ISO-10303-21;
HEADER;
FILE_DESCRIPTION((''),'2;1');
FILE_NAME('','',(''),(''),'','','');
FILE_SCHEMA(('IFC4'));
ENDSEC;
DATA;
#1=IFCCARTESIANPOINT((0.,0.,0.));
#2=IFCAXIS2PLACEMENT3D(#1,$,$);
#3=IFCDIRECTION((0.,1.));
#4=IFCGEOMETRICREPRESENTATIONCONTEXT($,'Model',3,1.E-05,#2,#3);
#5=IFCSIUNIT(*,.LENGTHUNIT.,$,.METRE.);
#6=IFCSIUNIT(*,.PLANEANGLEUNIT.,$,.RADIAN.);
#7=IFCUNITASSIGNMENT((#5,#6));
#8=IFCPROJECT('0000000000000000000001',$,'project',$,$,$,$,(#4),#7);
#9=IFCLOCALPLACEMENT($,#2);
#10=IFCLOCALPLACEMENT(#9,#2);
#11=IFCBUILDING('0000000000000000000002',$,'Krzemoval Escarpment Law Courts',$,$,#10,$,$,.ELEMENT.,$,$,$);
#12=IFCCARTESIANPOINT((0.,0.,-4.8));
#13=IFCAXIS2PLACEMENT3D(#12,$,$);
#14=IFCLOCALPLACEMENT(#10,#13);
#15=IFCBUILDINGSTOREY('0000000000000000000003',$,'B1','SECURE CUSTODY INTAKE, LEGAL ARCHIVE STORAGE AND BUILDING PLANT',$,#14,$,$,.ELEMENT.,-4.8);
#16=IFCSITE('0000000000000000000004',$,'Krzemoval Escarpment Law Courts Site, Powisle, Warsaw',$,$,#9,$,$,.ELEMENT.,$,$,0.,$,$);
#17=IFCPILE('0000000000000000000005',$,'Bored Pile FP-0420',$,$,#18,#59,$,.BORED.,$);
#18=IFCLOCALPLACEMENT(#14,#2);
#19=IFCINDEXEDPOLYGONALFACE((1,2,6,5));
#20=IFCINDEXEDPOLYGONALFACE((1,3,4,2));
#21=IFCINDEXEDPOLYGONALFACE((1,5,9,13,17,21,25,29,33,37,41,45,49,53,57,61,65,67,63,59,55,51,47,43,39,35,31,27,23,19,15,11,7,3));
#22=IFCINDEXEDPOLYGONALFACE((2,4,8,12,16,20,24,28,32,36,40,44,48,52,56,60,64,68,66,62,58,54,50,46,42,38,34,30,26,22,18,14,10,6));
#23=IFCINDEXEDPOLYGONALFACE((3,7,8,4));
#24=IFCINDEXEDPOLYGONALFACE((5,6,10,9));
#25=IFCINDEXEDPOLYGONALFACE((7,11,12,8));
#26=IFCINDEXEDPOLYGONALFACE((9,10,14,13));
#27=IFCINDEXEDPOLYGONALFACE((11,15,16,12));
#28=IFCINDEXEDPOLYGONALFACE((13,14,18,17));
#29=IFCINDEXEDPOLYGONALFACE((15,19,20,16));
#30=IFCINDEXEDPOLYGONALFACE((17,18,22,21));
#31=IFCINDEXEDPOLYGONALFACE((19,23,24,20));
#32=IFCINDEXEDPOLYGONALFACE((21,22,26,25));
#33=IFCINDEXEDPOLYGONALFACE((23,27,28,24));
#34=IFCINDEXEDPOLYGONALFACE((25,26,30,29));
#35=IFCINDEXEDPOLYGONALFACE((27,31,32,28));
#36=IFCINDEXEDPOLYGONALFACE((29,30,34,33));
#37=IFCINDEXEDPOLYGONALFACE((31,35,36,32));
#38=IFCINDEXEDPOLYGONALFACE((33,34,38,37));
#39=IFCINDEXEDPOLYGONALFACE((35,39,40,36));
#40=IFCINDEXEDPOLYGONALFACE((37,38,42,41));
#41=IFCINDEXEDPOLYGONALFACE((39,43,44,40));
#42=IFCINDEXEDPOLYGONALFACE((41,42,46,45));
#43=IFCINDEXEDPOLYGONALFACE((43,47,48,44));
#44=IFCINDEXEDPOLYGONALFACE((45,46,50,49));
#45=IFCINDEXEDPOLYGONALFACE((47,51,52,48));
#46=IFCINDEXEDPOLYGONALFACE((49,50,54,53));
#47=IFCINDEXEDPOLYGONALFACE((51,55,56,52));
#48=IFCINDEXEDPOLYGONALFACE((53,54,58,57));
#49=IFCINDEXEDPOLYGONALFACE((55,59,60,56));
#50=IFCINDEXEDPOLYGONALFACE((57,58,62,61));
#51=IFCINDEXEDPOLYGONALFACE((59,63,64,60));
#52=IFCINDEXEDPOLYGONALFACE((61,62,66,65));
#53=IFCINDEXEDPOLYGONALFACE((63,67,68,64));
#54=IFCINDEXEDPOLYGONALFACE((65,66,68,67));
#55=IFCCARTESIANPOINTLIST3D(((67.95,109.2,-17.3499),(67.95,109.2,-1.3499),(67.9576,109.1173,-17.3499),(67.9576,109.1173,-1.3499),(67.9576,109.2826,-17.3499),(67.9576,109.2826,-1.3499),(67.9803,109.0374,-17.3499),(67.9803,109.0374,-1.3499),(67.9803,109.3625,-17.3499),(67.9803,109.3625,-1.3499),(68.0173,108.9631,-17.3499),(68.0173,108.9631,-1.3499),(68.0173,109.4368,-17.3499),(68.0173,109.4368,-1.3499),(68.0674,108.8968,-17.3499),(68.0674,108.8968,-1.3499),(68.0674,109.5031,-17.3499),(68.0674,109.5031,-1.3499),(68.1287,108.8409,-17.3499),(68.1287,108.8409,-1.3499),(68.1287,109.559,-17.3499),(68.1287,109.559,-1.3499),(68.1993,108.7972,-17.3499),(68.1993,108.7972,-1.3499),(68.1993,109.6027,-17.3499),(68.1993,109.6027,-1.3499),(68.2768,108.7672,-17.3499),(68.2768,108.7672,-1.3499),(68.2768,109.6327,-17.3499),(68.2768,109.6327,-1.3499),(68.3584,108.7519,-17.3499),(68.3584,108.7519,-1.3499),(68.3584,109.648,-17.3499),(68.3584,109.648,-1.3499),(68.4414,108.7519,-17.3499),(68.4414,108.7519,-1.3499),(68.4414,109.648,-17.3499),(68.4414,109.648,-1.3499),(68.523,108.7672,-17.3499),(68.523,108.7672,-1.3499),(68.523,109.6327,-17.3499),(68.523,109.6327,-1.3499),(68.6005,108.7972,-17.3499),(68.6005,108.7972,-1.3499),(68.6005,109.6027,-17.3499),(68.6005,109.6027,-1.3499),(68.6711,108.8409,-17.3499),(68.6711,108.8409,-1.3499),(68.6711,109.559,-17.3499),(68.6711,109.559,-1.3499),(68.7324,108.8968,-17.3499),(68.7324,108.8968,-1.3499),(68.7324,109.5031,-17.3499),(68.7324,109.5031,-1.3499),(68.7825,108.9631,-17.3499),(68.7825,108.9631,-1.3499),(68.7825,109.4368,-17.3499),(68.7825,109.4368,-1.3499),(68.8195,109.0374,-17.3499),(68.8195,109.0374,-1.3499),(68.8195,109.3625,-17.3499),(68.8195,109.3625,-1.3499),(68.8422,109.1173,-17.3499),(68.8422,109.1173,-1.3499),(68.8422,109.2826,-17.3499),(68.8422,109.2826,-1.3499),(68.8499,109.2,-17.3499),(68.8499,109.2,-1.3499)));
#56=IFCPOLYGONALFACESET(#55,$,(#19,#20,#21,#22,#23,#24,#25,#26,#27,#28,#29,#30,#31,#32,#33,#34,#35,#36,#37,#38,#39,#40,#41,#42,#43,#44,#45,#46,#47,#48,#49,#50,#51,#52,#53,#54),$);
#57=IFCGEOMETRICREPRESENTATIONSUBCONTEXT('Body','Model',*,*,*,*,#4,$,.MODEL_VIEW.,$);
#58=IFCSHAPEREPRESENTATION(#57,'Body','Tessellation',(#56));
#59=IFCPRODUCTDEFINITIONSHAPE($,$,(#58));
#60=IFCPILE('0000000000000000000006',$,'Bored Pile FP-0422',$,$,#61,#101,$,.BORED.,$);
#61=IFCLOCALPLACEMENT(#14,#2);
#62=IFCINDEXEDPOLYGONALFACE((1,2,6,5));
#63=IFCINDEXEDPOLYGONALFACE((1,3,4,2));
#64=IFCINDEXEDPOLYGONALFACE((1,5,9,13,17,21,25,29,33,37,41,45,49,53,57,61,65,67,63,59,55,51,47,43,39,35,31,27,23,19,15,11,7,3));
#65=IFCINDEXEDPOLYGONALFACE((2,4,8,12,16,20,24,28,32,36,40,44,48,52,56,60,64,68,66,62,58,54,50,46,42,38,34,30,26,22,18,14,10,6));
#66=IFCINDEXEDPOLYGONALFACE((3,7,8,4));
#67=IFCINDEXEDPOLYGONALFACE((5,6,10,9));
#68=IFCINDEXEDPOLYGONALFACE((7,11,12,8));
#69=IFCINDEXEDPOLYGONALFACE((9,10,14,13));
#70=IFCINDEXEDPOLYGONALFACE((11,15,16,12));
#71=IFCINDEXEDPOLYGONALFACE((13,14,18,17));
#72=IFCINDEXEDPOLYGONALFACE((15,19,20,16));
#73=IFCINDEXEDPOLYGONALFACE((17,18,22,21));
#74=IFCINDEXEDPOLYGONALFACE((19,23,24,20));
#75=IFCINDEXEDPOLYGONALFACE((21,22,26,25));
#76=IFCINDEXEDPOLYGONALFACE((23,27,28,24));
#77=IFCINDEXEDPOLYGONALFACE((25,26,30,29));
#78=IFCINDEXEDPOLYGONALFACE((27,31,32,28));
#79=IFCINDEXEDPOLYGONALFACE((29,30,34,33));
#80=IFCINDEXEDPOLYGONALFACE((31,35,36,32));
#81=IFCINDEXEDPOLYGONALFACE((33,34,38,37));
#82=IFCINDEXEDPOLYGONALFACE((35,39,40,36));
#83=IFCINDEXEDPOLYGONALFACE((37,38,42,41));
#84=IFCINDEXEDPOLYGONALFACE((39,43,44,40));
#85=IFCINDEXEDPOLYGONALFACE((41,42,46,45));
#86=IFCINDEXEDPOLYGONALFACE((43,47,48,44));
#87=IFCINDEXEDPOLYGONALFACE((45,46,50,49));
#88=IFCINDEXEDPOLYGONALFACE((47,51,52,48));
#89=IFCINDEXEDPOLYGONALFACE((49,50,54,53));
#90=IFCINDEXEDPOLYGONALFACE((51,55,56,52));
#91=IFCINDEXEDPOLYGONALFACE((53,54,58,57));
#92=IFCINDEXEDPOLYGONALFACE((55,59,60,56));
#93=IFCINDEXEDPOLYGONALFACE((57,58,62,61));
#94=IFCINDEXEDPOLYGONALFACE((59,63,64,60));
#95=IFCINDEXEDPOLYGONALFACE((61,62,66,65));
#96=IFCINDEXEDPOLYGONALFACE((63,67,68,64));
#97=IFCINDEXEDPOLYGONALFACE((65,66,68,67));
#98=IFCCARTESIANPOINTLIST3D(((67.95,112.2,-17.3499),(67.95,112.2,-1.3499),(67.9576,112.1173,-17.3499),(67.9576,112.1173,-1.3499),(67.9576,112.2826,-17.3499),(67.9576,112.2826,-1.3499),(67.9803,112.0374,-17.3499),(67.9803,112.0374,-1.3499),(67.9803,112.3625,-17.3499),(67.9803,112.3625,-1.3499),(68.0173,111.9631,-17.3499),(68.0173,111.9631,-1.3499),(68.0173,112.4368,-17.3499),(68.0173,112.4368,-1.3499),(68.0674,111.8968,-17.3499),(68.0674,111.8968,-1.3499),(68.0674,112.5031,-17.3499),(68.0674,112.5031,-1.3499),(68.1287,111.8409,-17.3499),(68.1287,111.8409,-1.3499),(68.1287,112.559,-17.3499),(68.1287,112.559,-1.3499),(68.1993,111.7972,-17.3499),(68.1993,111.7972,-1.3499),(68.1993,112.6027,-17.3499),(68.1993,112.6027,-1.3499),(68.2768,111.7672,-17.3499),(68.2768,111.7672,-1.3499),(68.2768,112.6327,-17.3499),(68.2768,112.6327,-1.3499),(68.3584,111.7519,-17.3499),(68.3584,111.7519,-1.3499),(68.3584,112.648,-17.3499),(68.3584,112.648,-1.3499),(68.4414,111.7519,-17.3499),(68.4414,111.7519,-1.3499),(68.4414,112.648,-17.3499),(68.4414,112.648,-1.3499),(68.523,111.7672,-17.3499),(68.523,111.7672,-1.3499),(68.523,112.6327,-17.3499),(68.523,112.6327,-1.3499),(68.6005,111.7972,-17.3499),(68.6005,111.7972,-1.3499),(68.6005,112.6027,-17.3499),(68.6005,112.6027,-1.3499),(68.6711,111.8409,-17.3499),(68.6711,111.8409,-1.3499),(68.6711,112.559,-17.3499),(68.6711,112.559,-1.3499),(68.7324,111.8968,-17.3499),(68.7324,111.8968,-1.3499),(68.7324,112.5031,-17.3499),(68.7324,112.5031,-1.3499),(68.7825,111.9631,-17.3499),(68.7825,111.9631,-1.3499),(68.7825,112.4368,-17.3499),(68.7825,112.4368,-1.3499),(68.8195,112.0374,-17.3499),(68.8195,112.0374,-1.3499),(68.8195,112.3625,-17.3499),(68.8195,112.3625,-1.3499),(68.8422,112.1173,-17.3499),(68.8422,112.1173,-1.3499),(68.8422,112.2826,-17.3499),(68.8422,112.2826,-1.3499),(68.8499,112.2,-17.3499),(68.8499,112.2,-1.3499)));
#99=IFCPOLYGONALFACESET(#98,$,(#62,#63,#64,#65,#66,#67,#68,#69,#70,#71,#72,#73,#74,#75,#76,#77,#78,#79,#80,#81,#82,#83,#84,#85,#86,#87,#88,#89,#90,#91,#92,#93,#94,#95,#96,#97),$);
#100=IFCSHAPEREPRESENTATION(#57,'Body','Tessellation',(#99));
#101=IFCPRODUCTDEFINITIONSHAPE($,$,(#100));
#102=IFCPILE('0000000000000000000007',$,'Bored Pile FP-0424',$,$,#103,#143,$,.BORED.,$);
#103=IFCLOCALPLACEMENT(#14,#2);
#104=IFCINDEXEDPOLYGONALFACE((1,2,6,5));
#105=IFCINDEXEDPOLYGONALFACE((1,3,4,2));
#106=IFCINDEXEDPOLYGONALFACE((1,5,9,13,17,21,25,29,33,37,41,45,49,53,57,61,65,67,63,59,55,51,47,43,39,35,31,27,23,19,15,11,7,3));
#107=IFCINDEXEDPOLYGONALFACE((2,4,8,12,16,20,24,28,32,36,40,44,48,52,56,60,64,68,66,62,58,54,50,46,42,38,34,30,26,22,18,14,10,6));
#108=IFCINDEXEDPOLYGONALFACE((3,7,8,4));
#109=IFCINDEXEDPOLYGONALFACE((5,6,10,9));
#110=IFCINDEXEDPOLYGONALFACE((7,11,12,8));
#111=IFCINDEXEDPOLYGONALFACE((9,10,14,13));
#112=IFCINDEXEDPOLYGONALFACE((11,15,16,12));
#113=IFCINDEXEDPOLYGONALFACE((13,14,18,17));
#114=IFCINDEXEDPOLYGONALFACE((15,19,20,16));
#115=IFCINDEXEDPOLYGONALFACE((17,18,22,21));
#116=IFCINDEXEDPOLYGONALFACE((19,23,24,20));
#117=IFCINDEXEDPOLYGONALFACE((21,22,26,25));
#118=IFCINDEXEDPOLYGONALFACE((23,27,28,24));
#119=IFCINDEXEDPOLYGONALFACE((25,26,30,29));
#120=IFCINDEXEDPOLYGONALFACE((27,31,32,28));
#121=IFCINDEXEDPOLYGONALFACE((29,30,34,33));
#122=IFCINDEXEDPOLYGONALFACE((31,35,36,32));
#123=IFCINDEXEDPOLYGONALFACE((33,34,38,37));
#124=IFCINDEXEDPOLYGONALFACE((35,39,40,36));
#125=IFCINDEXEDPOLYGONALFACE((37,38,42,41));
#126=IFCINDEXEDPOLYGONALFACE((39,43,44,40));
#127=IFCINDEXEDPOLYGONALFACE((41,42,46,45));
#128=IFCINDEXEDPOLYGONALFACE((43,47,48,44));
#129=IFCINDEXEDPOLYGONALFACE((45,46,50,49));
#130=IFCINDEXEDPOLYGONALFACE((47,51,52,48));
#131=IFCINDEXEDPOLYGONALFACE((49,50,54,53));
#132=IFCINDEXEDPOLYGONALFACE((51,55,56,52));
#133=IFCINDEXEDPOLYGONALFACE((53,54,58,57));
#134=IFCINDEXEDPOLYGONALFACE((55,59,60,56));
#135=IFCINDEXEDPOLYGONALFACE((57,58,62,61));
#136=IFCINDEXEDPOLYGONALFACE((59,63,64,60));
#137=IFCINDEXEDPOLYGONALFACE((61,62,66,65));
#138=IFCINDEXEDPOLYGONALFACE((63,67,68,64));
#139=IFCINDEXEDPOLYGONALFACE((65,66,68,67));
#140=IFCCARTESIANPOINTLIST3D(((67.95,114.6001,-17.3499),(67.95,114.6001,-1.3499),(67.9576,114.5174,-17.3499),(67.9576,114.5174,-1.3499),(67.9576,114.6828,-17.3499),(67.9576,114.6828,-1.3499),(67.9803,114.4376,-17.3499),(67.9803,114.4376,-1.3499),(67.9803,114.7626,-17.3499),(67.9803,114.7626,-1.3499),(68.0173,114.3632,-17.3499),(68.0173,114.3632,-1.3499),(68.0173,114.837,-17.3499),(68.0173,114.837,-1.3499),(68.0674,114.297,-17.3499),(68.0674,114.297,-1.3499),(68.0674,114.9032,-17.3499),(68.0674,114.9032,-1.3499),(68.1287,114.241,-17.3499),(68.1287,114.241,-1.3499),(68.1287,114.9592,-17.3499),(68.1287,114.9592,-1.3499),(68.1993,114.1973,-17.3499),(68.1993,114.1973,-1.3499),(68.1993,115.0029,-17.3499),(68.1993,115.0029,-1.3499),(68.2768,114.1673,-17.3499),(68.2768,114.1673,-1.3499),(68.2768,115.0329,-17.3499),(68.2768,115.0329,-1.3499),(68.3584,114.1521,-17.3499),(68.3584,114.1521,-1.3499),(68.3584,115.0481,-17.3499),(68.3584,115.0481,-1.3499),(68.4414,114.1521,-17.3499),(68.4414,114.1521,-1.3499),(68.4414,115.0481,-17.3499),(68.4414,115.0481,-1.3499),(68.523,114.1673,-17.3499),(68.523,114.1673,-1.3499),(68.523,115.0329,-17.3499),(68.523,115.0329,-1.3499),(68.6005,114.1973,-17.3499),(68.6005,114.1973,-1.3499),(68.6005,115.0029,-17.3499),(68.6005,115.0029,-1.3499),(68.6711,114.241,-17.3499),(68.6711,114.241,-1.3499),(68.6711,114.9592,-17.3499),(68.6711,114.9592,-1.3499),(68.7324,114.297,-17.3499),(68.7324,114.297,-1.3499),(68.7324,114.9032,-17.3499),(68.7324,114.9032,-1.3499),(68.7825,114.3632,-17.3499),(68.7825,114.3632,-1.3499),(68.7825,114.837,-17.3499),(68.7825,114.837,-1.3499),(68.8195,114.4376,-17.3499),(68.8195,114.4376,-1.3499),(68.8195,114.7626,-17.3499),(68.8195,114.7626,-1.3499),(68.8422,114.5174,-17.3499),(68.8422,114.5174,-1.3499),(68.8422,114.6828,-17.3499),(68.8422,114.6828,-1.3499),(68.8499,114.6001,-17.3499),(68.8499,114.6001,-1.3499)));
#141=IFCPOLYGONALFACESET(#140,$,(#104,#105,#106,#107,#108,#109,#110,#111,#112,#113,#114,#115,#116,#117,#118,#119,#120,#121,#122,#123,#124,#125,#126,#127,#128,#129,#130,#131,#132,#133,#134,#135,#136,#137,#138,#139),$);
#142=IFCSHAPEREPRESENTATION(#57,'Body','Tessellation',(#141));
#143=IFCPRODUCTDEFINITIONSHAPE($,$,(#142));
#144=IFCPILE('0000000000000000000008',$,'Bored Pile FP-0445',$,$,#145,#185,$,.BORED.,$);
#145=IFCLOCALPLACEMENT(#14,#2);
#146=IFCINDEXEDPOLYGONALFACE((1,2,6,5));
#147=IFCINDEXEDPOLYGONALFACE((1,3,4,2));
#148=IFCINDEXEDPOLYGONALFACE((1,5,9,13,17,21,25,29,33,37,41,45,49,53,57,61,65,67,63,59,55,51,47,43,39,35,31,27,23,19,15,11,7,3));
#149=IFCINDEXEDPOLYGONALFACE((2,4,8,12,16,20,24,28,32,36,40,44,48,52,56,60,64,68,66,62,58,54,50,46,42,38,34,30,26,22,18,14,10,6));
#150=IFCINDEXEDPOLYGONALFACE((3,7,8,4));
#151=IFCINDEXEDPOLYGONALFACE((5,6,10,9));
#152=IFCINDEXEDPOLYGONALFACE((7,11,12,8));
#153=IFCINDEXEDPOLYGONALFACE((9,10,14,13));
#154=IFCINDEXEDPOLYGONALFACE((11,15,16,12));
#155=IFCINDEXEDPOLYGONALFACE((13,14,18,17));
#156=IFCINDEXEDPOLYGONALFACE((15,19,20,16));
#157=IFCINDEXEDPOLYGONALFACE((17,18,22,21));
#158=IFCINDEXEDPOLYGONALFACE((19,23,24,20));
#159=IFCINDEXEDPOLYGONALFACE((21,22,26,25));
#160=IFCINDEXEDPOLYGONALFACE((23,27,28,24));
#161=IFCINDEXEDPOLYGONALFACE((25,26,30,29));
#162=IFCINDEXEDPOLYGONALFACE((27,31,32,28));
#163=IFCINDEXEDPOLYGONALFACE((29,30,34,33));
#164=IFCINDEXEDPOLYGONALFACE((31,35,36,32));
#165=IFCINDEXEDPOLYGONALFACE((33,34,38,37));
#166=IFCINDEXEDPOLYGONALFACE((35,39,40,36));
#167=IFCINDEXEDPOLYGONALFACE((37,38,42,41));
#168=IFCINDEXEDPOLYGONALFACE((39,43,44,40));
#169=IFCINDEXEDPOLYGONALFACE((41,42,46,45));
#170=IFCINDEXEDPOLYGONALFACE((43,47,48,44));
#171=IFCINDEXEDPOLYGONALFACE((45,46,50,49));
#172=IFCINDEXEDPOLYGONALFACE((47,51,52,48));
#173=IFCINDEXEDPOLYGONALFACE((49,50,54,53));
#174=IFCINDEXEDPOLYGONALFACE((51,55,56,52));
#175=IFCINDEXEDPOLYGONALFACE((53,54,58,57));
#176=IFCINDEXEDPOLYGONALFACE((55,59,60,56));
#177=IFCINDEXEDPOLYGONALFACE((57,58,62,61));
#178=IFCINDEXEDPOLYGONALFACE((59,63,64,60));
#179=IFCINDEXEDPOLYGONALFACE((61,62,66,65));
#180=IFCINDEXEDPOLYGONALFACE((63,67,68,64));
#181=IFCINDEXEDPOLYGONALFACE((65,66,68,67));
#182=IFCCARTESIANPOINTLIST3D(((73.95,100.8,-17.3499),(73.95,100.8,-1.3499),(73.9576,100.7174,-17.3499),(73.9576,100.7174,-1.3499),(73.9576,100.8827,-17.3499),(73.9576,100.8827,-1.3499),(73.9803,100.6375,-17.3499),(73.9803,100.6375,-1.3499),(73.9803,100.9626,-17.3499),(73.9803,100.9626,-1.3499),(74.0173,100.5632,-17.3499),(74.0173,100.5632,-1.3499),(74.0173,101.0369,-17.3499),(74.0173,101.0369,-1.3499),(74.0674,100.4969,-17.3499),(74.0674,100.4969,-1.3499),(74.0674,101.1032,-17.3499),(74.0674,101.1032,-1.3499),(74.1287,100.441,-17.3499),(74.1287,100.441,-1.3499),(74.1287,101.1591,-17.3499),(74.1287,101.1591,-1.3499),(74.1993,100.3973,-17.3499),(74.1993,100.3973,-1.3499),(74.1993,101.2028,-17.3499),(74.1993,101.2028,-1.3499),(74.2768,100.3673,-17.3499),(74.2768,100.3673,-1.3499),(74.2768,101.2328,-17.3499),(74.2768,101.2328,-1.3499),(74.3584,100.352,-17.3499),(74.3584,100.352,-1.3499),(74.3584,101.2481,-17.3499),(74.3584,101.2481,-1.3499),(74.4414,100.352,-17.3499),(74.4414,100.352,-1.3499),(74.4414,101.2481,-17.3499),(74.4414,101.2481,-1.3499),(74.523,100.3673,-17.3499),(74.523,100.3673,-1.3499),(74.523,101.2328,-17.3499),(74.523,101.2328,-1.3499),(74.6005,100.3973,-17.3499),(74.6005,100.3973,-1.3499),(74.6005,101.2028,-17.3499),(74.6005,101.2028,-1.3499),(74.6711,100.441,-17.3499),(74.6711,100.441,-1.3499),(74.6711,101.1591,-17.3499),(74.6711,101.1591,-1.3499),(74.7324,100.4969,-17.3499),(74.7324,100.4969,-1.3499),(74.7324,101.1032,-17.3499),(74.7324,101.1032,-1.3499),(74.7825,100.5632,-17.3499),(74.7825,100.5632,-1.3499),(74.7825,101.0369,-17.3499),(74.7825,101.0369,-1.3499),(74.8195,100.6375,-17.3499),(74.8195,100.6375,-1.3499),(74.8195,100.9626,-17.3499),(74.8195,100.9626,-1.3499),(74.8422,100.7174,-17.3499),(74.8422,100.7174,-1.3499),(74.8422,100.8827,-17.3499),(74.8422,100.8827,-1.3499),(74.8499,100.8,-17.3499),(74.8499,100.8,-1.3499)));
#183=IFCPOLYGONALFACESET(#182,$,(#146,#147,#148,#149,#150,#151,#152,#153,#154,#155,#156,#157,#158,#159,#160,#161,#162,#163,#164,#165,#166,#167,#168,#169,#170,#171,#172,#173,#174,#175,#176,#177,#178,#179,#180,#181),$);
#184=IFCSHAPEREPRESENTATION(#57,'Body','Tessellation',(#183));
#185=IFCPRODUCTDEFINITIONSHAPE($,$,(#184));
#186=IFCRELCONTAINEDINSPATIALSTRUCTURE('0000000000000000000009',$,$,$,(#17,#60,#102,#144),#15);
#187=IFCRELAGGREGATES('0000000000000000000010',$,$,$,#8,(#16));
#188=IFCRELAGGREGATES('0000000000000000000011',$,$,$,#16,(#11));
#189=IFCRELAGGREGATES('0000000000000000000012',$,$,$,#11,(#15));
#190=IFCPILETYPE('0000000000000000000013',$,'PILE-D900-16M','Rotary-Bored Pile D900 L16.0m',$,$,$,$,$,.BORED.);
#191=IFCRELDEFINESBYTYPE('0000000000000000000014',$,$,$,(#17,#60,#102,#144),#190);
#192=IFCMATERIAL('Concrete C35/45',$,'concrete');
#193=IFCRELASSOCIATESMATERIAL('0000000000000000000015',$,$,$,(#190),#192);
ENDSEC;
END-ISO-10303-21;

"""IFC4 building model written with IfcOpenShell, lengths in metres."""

from ifc_helpers import new_model, si_unit, direction, frame, origin, origin_2d, place, context, subcontext, project, spatial, circle, extrude, material, material_profile, profile_set, type_object, element, save


model = new_model("IFC4")

# Units and contexts
model_context = context("Model", 3, precision=1e-05, world=origin(), true_north=direction((0.0, 1.0)))
body_context = subcontext(model_context, "Body", "Model", "MODEL_VIEW")
ifc_project = project(units=[si_unit("LENGTHUNIT", "METRE"), si_unit("PLANEANGLEUNIT", "RADIAN")], contexts=[model_context])

# Site, building, storey
site_placement = place(None, origin())
site = spatial("IfcSite", under=ifc_project, at=site_placement, Name="Krzemoval Escarpment Law Courts Site, Powisle, Warsaw", CompositionType="ELEMENT", RefElevation=0.0)
building_placement = place(site_placement, origin())
building = spatial("IfcBuilding", under=site, at=building_placement, Name="Krzemoval Escarpment Law Courts", CompositionType="ELEMENT")
storey_placement = place(building_placement, frame((0.0, 0.0, -4.8)))
storey = spatial("IfcBuildingStorey", under=building, at=storey_placement, Name="B1", Description="SECURE CUSTODY INTAKE, LEGAL ARCHIVE STORAGE AND BUILDING PLANT", CompositionType="ELEMENT", Elevation=-4.8)

# Piles
ifc_material_1 = material(Name="Concrete C35/45", Category="concrete")
ifc_material_profile_1 = material_profile(ifc_material_1, circle(Radius=0.45, at=origin_2d()), Name="PILE D900")
ifc_profile_set_1 = profile_set([ifc_material_profile_1], Name="Concrete C35/45")
pile_type = type_object("IfcPileType", Name="PILE-D900-16M", Description="Rotary-Bored Pile D900 L16.0m", PredefinedType="BORED", material=ifc_profile_set_1)
for number, where, z_axis, x_axis, name in (
    (1, (68.3999, 109.2, -1.3499), (0.0, 0.0, -1.0), (1.0, 0.0, 0.0), "Bored Pile FP-0420"),
    (2, (68.3999, 112.2, -1.3499), (0.0, 0.0, -1.0), (1.0, 0.0, 0.0), "Bored Pile FP-0422"),
    (3, (68.3999, 114.6001, -1.3499), (0.0, 0.0, -1.0), (1.0, 0.0, 0.0), "Bored Pile FP-0424"),
    (4, (74.3999, 100.8, -1.3499), (0.0, 0.0, -1.0), (1.0, 0.0, 0.0), "Bored Pile FP-0445"),
):
    element("IfcPile", number, at=place(storey_placement, frame(where, z_axis=z_axis, x_axis=x_axis)), inside=storey, type_object=pile_type, Name=name, PredefinedType="BORED", context=body_context, shape_type="SweptSolid", body=[
        extrude(circle(Radius=0.45, at=origin_2d()), origin(), (0.0, 0.0, 1.0), 16.0),
    ])

save(model, "model.ifc")
